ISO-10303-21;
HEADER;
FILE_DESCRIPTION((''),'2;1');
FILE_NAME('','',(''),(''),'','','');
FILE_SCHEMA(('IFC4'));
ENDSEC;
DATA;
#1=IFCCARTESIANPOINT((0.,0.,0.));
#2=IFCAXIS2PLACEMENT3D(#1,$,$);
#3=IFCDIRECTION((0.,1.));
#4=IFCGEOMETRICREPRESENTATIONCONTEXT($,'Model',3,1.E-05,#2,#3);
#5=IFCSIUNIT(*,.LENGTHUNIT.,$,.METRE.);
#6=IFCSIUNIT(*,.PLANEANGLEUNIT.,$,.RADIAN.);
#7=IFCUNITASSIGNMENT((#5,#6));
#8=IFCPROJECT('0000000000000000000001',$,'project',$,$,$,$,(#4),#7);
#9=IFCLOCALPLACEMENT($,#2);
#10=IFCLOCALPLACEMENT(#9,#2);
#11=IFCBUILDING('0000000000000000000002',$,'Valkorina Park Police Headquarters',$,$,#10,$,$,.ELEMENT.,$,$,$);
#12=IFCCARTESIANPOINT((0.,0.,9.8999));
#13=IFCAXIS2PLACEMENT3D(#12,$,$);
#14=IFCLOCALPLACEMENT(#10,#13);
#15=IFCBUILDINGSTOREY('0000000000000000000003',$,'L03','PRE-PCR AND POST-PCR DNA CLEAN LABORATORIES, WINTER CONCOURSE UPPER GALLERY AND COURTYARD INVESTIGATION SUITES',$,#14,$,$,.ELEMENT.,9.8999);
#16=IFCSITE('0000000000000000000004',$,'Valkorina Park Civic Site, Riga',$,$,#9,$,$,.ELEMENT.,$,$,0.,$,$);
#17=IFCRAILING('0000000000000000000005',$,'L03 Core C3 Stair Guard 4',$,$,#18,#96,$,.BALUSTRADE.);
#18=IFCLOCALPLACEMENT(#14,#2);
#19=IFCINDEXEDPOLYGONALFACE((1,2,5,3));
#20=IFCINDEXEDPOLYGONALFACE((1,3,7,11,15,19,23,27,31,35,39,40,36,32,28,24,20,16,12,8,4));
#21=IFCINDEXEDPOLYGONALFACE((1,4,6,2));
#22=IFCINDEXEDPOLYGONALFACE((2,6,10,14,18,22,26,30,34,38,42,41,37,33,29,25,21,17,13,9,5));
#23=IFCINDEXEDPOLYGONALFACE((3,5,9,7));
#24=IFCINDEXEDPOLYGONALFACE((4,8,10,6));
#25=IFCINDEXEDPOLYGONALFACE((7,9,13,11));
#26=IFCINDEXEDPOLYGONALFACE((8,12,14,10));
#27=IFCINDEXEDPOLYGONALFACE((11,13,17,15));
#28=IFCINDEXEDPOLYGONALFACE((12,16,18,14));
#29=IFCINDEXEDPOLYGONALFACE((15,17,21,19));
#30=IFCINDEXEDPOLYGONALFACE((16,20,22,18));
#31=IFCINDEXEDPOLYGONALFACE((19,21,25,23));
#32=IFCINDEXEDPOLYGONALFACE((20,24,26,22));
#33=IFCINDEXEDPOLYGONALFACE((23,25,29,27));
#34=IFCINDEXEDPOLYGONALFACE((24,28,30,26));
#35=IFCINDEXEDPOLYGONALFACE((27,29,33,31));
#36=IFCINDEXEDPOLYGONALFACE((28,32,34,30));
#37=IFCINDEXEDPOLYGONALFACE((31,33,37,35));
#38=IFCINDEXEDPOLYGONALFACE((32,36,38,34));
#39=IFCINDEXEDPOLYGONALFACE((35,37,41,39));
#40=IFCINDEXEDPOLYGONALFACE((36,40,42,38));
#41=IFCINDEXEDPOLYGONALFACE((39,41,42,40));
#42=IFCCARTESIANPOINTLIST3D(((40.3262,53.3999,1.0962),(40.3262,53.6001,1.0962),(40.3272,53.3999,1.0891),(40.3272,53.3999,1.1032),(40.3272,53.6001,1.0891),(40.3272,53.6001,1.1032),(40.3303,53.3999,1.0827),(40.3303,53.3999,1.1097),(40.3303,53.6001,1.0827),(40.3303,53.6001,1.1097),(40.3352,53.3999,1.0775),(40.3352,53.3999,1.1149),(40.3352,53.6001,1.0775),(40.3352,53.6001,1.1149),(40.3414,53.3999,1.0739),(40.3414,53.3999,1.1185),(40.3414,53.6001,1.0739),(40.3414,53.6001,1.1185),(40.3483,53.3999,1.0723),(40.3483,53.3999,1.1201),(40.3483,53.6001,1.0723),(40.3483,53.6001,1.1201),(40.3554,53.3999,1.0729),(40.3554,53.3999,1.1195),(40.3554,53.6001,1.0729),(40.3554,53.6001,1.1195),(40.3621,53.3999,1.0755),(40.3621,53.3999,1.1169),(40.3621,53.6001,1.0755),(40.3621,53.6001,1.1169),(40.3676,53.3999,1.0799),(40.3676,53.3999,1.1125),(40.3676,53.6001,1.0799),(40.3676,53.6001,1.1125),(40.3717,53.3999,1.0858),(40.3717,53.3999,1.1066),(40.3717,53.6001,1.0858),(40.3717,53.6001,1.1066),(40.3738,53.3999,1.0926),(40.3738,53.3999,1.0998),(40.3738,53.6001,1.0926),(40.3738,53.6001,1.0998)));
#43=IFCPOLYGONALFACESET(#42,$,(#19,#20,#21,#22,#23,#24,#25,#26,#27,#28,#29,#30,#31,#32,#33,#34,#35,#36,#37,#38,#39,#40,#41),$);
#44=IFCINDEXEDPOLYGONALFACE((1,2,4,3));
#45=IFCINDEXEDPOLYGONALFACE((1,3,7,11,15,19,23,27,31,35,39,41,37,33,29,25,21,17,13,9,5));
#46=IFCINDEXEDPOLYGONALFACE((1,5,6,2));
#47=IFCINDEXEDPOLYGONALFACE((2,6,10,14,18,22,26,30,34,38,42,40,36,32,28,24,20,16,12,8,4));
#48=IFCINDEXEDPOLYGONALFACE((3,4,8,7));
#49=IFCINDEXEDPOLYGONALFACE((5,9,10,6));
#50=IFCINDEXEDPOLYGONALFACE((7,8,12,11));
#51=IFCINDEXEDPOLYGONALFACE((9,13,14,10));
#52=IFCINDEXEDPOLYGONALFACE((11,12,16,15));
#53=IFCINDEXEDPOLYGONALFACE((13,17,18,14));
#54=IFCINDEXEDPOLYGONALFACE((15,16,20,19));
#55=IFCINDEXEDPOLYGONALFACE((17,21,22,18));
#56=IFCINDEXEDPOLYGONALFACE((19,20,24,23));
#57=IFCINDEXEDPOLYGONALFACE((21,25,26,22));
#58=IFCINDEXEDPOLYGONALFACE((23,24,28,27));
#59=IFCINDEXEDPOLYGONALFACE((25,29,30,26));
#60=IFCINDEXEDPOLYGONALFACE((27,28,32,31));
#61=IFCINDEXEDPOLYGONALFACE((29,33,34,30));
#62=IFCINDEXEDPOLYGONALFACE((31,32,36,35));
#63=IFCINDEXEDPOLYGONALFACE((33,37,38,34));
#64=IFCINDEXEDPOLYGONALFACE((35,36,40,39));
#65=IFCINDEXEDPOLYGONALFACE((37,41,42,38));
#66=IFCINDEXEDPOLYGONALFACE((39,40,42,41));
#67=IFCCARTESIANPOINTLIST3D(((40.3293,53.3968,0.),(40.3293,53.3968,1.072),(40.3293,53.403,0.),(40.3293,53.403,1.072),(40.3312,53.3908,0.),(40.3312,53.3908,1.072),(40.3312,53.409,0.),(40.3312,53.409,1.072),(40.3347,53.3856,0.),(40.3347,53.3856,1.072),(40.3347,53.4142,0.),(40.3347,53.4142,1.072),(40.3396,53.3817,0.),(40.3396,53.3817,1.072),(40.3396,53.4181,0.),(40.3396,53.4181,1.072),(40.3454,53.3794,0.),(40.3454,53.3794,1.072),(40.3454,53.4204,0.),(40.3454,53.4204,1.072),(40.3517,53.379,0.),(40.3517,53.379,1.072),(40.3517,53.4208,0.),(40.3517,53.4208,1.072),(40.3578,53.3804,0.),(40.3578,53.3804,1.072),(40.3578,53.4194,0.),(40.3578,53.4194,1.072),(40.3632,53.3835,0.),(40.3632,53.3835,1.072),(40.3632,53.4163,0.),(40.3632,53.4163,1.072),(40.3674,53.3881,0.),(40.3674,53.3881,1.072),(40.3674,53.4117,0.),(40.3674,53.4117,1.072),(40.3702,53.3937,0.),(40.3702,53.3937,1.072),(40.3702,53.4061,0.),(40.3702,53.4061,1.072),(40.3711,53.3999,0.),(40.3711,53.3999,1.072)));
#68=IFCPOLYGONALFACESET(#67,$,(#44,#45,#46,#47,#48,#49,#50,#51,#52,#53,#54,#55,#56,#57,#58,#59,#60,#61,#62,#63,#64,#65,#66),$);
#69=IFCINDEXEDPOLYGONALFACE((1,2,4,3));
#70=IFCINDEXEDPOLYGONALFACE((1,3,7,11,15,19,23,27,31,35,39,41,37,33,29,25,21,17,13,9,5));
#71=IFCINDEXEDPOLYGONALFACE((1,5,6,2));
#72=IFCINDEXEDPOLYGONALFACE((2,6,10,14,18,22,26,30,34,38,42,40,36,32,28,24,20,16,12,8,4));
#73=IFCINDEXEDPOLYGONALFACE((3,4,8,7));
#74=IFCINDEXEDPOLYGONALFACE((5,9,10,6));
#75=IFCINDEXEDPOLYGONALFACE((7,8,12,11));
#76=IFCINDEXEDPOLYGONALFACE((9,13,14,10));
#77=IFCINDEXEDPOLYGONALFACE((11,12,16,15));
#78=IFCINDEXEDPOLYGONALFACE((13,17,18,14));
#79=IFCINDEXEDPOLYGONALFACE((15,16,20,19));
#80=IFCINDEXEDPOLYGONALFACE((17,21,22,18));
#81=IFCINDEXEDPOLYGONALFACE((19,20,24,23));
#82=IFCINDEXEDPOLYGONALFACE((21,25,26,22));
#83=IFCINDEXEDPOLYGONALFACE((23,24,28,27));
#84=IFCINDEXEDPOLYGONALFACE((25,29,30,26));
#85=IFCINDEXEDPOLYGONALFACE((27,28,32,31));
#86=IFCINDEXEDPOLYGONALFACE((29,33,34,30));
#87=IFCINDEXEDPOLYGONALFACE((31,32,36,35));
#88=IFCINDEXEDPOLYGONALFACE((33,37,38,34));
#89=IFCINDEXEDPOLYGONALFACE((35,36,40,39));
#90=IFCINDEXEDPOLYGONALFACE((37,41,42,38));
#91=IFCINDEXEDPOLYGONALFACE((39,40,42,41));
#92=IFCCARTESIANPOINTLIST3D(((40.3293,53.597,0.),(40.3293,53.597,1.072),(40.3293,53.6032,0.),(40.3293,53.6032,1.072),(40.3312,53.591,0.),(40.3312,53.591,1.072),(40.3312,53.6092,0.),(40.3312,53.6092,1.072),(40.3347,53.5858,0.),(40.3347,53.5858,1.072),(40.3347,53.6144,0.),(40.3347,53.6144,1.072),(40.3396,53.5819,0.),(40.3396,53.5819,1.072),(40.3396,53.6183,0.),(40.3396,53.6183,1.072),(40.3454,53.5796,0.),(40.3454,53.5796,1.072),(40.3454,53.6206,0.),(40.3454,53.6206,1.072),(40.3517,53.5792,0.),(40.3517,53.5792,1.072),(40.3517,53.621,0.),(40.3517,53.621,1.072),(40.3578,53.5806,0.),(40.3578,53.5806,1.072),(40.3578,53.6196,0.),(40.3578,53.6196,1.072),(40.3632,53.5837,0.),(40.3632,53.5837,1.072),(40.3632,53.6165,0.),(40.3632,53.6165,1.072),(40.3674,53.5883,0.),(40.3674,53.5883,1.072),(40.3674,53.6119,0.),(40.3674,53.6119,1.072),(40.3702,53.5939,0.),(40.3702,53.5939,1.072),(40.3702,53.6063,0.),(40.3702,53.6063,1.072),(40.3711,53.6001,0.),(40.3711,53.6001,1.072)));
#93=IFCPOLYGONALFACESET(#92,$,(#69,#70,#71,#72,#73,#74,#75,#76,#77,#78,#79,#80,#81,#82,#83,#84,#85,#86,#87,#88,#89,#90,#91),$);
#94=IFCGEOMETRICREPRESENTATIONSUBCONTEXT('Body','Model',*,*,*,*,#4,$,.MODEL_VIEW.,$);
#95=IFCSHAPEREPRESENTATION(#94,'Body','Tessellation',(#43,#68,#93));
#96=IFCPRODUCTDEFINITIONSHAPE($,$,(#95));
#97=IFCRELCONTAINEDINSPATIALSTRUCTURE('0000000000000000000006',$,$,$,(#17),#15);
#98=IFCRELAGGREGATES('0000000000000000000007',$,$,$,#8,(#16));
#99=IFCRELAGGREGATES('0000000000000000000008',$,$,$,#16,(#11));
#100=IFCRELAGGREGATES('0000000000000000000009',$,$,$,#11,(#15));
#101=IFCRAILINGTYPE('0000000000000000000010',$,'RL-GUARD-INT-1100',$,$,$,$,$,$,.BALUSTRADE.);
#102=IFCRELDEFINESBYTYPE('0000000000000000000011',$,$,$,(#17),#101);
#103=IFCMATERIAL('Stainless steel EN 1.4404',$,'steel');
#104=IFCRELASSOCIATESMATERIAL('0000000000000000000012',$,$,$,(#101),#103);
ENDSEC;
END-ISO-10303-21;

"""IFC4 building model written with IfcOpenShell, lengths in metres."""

from ifc_helpers import new_model, si_unit, direction, frame, origin, origin_2d, place, context, subcontext, project, spatial, circle, extrude, material, type_object, element, save


model = new_model("IFC4")

# Units and contexts
model_context = context("Model", 3, precision=1e-05, world=origin(), true_north=direction((0.0, 1.0)))
body_context = subcontext(model_context, "Body", "Model", "MODEL_VIEW")
ifc_project = project(units=[si_unit("LENGTHUNIT", "METRE"), si_unit("PLANEANGLEUNIT", "RADIAN")], contexts=[model_context])

# Site, building, storey
site_placement = place(None, origin())
site = spatial("IfcSite", under=ifc_project, at=site_placement, Name="Valkorina Park Civic Site, Riga", CompositionType="ELEMENT", RefElevation=0.0)
building_placement = place(site_placement, origin())
building = spatial("IfcBuilding", under=site, at=building_placement, Name="Valkorina Park Police Headquarters", CompositionType="ELEMENT")
storey_placement = place(building_placement, frame((0.0, 0.0, 9.8999)))
storey = spatial("IfcBuildingStorey", under=building, at=storey_placement, Name="L03", Description="PRE-PCR AND POST-PCR DNA CLEAN LABORATORIES, WINTER CONCOURSE UPPER GALLERY AND COURTYARD INVESTIGATION SUITES", CompositionType="ELEMENT", Elevation=9.8999)

# Shared definitions
ifc_material_1 = material(Name="Stainless steel EN 1.4404", Category="steel")

# Railing
railing_type_1 = type_object("IfcRailingType", Name="RL-GUARD-INT-1100", PredefinedType="BALUSTRADE", material=ifc_material_1)
railing_1_placement = place(storey_placement, frame((40.3501, 53.3999, 0.0)))
element("IfcRailing", 1, at=railing_1_placement, inside=storey, type_object=railing_type_1, Name="L03 Core C3 Stair Guard 4", PredefinedType="BALUSTRADE", context=body_context, shape_type="SweptSolid", body=[
    extrude(circle(Radius=0.0239, at=origin_2d()), frame((0.0, 0.0, 1.0962), z_axis=(0.0, 1.0, 0.0), x_axis=(-1.0, 0.0, 0.0)), (0.0, 0.0, 1.0), 0.2002),
    extrude(circle(Radius=0.021, at=origin_2d()), origin(), (0.0, 0.0, 1.0), 1.072),
    extrude(circle(Radius=0.021, at=origin_2d()), frame((0.0, 0.2002, 0.0)), (0.0, 0.0, 1.0), 1.072),
])

save(model, "model.ifc")
